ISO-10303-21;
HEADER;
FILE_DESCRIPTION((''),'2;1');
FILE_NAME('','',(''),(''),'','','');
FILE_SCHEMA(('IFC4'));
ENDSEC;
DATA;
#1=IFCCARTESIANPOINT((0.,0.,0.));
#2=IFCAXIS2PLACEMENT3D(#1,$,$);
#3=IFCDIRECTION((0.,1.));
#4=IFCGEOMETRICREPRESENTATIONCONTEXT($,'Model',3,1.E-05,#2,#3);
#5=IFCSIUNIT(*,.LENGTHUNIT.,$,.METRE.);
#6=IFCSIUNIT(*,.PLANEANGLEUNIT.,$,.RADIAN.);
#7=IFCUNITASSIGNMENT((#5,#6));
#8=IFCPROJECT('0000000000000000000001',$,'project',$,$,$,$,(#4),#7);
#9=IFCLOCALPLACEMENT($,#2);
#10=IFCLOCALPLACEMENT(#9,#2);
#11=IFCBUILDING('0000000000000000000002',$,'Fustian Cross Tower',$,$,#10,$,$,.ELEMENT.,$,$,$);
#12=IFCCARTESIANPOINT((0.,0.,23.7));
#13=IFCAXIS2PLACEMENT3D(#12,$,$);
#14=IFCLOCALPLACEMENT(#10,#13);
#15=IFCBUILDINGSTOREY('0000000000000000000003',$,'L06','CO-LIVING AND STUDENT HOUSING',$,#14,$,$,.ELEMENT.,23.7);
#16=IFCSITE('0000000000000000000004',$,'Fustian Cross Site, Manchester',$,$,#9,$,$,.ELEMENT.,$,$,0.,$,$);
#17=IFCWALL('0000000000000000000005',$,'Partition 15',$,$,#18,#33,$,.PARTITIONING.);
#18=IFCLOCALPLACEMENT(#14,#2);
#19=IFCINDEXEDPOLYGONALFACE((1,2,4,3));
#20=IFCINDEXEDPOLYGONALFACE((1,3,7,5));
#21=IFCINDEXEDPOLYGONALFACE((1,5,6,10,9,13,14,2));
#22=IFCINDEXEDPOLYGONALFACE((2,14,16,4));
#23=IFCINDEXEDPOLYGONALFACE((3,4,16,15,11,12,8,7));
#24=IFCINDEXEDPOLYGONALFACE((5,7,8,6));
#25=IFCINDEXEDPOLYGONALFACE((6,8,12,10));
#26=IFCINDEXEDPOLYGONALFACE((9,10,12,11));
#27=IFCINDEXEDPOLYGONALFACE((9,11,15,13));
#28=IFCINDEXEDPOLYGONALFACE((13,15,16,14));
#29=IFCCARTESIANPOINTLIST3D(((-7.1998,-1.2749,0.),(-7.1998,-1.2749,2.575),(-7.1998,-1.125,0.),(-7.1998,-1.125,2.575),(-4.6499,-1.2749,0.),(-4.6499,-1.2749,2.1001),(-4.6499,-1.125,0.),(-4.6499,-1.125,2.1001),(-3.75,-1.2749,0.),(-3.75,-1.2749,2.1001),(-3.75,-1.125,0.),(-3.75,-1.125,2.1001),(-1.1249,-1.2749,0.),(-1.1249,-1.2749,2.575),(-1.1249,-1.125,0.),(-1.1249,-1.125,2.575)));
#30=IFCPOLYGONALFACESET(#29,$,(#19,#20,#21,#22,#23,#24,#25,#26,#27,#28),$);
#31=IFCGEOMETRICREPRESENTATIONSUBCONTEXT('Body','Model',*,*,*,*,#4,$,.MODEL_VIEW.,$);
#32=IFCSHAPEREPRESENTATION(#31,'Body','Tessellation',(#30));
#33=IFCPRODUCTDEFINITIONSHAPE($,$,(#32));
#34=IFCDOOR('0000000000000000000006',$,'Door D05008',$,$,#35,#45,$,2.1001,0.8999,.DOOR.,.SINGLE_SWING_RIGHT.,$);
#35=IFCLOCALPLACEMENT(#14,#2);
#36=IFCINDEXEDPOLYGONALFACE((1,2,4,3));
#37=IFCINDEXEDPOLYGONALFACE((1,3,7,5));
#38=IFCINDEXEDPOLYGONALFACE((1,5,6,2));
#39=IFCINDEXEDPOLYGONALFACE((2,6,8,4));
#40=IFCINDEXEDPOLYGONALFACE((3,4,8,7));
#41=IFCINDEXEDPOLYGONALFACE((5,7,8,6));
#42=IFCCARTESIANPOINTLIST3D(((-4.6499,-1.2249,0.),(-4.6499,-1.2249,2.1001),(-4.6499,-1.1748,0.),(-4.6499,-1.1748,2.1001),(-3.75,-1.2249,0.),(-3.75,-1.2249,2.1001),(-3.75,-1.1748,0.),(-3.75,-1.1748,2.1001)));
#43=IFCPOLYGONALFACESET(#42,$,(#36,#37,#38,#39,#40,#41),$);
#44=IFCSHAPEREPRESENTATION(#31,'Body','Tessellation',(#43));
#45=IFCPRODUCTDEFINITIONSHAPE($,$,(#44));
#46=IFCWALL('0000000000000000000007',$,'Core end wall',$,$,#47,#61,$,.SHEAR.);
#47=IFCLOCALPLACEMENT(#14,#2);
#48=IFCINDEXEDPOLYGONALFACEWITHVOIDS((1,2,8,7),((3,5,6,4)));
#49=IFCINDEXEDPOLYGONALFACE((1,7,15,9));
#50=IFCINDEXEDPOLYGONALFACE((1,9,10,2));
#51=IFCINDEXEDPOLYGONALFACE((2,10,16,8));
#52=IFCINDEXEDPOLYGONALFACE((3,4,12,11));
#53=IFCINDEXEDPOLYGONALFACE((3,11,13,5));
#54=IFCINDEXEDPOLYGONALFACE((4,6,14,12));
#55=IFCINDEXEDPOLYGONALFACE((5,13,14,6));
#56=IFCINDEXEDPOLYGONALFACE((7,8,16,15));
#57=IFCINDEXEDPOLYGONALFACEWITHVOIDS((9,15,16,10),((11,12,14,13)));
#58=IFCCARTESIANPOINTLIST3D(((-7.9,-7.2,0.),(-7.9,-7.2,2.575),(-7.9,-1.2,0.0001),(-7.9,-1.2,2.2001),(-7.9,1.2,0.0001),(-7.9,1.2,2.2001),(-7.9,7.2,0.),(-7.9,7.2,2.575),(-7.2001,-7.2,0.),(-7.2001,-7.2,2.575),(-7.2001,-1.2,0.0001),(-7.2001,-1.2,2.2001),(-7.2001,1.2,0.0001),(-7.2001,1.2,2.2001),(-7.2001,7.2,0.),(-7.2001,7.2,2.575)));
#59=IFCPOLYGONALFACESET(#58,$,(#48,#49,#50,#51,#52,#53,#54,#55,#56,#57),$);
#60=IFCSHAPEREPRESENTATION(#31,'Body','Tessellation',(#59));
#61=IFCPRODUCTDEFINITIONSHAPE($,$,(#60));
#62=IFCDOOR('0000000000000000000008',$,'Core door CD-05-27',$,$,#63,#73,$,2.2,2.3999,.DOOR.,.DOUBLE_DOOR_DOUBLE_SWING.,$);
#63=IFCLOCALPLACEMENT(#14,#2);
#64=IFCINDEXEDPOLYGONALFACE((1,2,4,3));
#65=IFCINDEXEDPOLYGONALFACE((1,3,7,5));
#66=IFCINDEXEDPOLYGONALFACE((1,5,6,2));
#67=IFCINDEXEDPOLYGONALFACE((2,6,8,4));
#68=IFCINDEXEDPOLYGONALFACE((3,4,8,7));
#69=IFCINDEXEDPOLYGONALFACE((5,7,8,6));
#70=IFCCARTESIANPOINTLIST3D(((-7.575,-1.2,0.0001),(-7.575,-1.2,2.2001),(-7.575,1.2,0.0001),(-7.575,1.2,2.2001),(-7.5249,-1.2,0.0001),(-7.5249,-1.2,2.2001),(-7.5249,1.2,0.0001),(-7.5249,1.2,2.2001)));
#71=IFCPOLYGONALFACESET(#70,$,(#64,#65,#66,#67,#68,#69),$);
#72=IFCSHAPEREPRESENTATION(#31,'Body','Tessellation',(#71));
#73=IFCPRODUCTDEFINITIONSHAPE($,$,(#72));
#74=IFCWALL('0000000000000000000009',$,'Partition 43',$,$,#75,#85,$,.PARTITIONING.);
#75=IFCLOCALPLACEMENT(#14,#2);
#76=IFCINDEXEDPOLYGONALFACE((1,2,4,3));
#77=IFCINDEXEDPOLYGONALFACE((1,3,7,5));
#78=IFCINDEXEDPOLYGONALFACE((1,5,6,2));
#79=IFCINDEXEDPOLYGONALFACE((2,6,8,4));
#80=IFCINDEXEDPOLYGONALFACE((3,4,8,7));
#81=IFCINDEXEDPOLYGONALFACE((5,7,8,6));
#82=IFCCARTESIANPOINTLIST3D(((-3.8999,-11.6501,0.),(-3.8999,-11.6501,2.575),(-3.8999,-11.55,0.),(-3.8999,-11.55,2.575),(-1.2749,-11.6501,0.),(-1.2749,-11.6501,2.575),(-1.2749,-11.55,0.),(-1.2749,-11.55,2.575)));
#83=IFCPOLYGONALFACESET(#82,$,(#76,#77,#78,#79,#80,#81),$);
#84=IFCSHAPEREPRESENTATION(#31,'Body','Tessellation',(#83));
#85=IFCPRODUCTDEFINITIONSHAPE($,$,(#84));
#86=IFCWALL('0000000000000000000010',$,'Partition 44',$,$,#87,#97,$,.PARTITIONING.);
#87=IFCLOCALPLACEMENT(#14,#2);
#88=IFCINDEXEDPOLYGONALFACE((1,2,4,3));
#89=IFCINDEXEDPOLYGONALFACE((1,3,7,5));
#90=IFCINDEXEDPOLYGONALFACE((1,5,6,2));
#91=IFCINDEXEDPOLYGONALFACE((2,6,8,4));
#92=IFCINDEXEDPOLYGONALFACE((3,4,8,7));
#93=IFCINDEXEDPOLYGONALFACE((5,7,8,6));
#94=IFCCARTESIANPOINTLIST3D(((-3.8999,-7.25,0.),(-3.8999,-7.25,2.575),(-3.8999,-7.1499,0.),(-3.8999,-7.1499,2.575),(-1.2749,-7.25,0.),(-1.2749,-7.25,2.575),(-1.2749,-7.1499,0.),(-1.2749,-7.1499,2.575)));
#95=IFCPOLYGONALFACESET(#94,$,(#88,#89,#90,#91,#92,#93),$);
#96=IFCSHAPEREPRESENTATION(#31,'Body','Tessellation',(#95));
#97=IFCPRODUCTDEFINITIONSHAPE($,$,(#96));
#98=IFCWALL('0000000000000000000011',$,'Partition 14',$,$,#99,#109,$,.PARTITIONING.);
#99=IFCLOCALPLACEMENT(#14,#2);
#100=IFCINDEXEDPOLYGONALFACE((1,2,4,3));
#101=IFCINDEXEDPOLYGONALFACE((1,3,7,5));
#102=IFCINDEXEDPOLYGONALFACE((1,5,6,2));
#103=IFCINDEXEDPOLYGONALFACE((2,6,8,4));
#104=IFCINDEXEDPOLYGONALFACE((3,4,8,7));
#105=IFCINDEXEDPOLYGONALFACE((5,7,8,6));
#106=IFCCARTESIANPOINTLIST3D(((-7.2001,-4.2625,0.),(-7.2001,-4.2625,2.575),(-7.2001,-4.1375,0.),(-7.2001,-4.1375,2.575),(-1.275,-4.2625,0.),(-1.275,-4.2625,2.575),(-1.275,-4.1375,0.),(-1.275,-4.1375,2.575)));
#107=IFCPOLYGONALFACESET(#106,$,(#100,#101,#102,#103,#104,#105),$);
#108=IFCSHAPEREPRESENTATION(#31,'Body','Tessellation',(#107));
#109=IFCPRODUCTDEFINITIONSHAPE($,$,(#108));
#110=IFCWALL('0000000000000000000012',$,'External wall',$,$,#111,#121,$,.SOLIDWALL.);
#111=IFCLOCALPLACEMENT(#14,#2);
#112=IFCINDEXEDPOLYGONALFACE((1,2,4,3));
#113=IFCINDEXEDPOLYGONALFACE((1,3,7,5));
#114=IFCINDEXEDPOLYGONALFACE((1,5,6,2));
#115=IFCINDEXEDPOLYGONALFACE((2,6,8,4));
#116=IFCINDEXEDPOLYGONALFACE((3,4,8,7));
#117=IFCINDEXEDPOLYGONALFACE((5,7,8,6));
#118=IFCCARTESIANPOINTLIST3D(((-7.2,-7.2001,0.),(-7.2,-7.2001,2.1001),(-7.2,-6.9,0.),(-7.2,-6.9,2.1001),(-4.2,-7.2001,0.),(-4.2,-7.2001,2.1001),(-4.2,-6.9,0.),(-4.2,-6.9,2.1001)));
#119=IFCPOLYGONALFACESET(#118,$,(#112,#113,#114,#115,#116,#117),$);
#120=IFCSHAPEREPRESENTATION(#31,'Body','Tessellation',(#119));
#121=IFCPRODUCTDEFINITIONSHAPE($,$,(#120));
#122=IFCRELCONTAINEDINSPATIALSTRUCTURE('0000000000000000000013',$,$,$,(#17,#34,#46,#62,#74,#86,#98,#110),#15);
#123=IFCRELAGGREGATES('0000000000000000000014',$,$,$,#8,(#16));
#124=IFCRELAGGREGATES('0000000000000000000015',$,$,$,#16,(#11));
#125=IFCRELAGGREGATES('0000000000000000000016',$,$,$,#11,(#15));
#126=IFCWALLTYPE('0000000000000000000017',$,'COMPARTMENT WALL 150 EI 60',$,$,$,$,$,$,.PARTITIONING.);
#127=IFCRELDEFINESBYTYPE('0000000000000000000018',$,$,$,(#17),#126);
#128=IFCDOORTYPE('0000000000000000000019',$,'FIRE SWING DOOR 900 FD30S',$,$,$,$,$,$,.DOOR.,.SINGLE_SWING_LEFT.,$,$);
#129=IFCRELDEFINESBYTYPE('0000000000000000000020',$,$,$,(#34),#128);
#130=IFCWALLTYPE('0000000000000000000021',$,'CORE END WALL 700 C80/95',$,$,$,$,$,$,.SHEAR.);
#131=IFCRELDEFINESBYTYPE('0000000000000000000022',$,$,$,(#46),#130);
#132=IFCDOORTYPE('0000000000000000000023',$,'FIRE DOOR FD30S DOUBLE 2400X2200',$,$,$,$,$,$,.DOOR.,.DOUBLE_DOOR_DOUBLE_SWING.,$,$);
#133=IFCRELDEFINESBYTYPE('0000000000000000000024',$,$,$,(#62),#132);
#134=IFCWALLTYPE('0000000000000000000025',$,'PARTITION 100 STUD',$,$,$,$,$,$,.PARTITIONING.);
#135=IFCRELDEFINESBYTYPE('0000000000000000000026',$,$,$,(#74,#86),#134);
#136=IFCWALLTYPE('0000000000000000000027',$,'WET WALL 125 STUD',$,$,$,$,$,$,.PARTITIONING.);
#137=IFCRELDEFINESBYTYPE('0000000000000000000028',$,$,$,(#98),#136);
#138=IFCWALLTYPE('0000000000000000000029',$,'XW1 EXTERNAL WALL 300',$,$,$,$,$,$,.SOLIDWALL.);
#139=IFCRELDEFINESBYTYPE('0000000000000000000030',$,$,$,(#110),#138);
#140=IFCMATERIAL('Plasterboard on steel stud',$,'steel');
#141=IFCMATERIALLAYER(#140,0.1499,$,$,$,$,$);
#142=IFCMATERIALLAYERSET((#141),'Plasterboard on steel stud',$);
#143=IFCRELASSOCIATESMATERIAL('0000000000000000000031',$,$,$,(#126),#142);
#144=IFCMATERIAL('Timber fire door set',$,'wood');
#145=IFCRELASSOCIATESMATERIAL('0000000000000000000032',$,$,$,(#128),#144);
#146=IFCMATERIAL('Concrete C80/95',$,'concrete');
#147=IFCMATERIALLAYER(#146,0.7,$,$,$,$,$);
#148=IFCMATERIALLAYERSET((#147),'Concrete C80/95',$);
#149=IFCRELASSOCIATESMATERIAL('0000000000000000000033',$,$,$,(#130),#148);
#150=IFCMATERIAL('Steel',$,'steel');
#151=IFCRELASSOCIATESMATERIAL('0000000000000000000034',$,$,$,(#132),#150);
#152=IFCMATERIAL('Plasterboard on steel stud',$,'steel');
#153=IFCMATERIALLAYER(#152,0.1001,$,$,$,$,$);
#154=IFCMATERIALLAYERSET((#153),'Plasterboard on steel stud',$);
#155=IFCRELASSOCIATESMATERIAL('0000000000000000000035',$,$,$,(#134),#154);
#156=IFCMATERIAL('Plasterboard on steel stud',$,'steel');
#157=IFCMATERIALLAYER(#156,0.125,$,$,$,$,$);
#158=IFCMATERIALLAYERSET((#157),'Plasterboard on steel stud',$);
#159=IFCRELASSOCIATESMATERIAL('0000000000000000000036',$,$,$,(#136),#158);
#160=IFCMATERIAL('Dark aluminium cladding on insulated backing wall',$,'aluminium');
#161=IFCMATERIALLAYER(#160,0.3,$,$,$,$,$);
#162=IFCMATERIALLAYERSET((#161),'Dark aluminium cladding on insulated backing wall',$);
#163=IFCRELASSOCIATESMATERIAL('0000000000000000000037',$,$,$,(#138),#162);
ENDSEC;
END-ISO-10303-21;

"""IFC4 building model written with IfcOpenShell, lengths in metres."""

from ifc_helpers import new_model, si_unit, direction, frame, frame_2d, origin, place, context, subcontext, project, spatial, rectangle, extrude, material, layer, layer_set, type_object, element, fill, save


model = new_model("IFC4")

# Units and contexts
model_context = context("Model", 3, precision=1e-05, world=origin(), true_north=direction((0.0, 1.0)))
body_context = subcontext(model_context, "Body", "Model", "MODEL_VIEW")
ifc_project = project(units=[si_unit("LENGTHUNIT", "METRE"), si_unit("PLANEANGLEUNIT", "RADIAN")], contexts=[model_context])

# Site, building, storey
site_placement = place(None, origin())
site = spatial("IfcSite", under=ifc_project, at=site_placement, Name="Fustian Cross Site, Manchester", CompositionType="ELEMENT", RefElevation=0.0)
building_placement = place(site_placement, origin())
building = spatial("IfcBuilding", under=site, at=building_placement, Name="Fustian Cross Tower", CompositionType="ELEMENT")
storey_placement = place(building_placement, frame((0.0, 0.0, 23.7)))
storey = spatial("IfcBuildingStorey", under=building, at=storey_placement, Name="L06", Description="CO-LIVING AND STUDENT HOUSING", CompositionType="ELEMENT", Elevation=23.7)

# Walls, openings, doors
ifc_material_1 = material(Name="Plasterboard on steel stud", Category="steel")
ifc_layer_1 = layer(ifc_material_1, 0.1499)
ifc_layer_set_1 = layer_set([ifc_layer_1], Name="Plasterboard on steel stud")
wall_type_1 = type_object("IfcWallType", Name="COMPARTMENT WALL 150 EI 60", PredefinedType="PARTITIONING", material=ifc_layer_set_1)
wall_1_placement = place(storey_placement, frame((-7.2, -1.2, 0.0), z_axis=(0.0, 0.0, 1.0), x_axis=(1.0, 0.0, 0.0)))
wall_1 = element("IfcWall", 1, at=wall_1_placement, inside=storey, type_object=wall_type_1, Name="Partition 15", PredefinedType="PARTITIONING", context=body_context, shape_type="SweptSolid", body=[
    extrude(rectangle(XDim=6.075, YDim=0.1499, at=frame_2d((3.0376, 0.0))), origin(), (0.0, 0.0, 1.0), 2.575),
])
opening_1_placement = place(wall_1_placement, frame((2.55, 0.0, 0.0)))
opening_1 = element("IfcOpeningElement", 2, at=opening_1_placement, cuts=wall_1, PredefinedType="OPENING", context=body_context, shape_type="SweptSolid", body=[
    extrude(rectangle(XDim=0.8999, YDim=2.1001, at=frame_2d((0.45, 1.05))), frame((0.0, 0.085, 0.0), z_axis=(0.0, -1.0, 0.0), x_axis=(1.0, 0.0, 0.0)), (0.0, 0.0, 1.0), 0.1699),
])
ifc_material_2 = material(Name="Timber fire door set", Category="wood")
door_type_1 = type_object("IfcDoorType", Name="FIRE SWING DOOR 900 FD30S", OperationType="SINGLE_SWING_LEFT", PredefinedType="DOOR", material=ifc_material_2)
door_1_placement = place(opening_1_placement, frame((0.8999, 0.0, 0.0), z_axis=(0.0, 0.0, 1.0), x_axis=(-1.0, 0.0, 0.0)))
door_1 = element("IfcDoor", 3, at=door_1_placement, inside=storey, type_object=door_type_1, Name="Door D05008", OperationType="SINGLE_SWING_RIGHT", OverallHeight=2.1001, OverallWidth=0.8999, PredefinedType="DOOR", context=body_context, shape_type="SweptSolid", body=[
    extrude(rectangle(XDim=0.8999, YDim=2.1001, at=frame_2d((0.45, 1.05))), frame((0.0, 0.0249, 0.0), z_axis=(0.0, -1.0, 0.0), x_axis=(1.0, 0.0, 0.0)), (0.0, 0.0, 1.0), 0.05),
])
fill(opening_1, door_1)
ifc_material_3 = material(Name="Concrete C80/95", Category="concrete")
ifc_layer_2 = layer(ifc_material_3, 0.7)
ifc_layer_set_2 = layer_set([ifc_layer_2], Name="Concrete C80/95")
wall_type_2 = type_object("IfcWallType", Name="CORE END WALL 700 C80/95", PredefinedType="SHEAR", material=ifc_layer_set_2)
wall_2_placement = place(storey_placement, frame((-7.55, -7.2, 0.0), z_axis=(0.0, 0.0, 1.0), x_axis=(0.0, 1.0, 0.0)))
wall_2 = element("IfcWall", 4, at=wall_2_placement, inside=storey, type_object=wall_type_2, Name="Core end wall", PredefinedType="SHEAR", context=body_context, shape_type="SweptSolid", body=[
    extrude(rectangle(XDim=14.3999, YDim=0.7, at=frame_2d((7.2, 0.0))), origin(), (0.0, 0.0, 1.0), 2.575),
])
opening_2_placement = place(wall_2_placement, frame((6.0, 0.0, 0.0)))
opening_2 = element("IfcOpeningElement", 5, at=opening_2_placement, cuts=wall_2, PredefinedType="OPENING", context=body_context, shape_type="SweptSolid", body=[
    extrude(rectangle(XDim=2.3999, YDim=2.2, at=frame_2d((1.2, 1.1001))), frame((0.0, 0.3599, 0.0), z_axis=(0.0, -1.0, 0.0), x_axis=(1.0, 0.0, 0.0)), (0.0, 0.0, 1.0), 0.72),
])
ifc_material_4 = material(Name="Steel", Category="steel")
door_type_2 = type_object("IfcDoorType", Name="FIRE DOOR FD30S DOUBLE 2400X2200", OperationType="DOUBLE_DOOR_DOUBLE_SWING", PredefinedType="DOOR", material=ifc_material_4)
door_2_placement = place(opening_2_placement, origin())
door_2 = element("IfcDoor", 6, at=door_2_placement, inside=storey, type_object=door_type_2, Name="Core door CD-05-27", OperationType="DOUBLE_DOOR_DOUBLE_SWING", OverallHeight=2.2, OverallWidth=2.3999, PredefinedType="DOOR", context=body_context, shape_type="SweptSolid", body=[
    extrude(rectangle(XDim=2.3999, YDim=2.2, at=frame_2d((1.2, 1.1001))), frame((0.0, 0.0249, 0.0), z_axis=(0.0, -1.0, 0.0), x_axis=(1.0, 0.0, 0.0)), (0.0, 0.0, 1.0), 0.05),
])
fill(opening_2, door_2)

# Walls
ifc_material_5 = material(Name="Plasterboard on steel stud", Category="steel")
ifc_layer_3 = layer(ifc_material_5, 0.1001)
ifc_layer_set_3 = layer_set([ifc_layer_3], Name="Plasterboard on steel stud")
wall_type_3 = type_object("IfcWallType", Name="PARTITION 100 STUD", PredefinedType="PARTITIONING", material=ifc_layer_set_3)
for number, where, z_axis, x_axis, name in (
    (7, (-3.8999, -11.6001, 0.0), (0.0, 0.0, 1.0), (1.0, 0.0, 0.0), "Partition 43"),
    (8, (-3.8999, -7.2, 0.0), (0.0, 0.0, 1.0), (1.0, 0.0, 0.0), "Partition 44"),
):
    element("IfcWall", number, at=place(storey_placement, frame(where, z_axis=z_axis, x_axis=x_axis)), inside=storey, type_object=wall_type_3, Name=name, PredefinedType="PARTITIONING", context=body_context, shape_type="SweptSolid", body=[
        extrude(rectangle(XDim=2.625, YDim=0.1001, at=frame_2d((1.3125, 0.0))), origin(), (0.0, 0.0, 1.0), 2.575),
    ])
ifc_material_6 = material(Name="Plasterboard on steel stud", Category="steel")
ifc_layer_4 = layer(ifc_material_6, 0.125)
ifc_layer_set_4 = layer_set([ifc_layer_4], Name="Plasterboard on steel stud")
wall_type_4 = type_object("IfcWallType", Name="WET WALL 125 STUD", PredefinedType="PARTITIONING", material=ifc_layer_set_4)
wall_3_placement = place(storey_placement, frame((-7.2, -4.2, 0.0), z_axis=(0.0, 0.0, 1.0), x_axis=(1.0, 0.0, 0.0)))
element("IfcWall", 9, at=wall_3_placement, inside=storey, type_object=wall_type_4, Name="Partition 14", PredefinedType="PARTITIONING", context=body_context, shape_type="SweptSolid", body=[
    extrude(rectangle(XDim=5.925, YDim=0.125, at=frame_2d((2.9624, 0.0))), origin(), (0.0, 0.0, 1.0), 2.575),
])
ifc_material_7 = material(Name="Dark aluminium cladding on insulated backing wall", Category="aluminium")
ifc_layer_5 = layer(ifc_material_7, 0.3)
ifc_layer_set_5 = layer_set([ifc_layer_5], Name="Dark aluminium cladding on insulated backing wall")
wall_type_5 = type_object("IfcWallType", Name="XW1 EXTERNAL WALL 300", PredefinedType="SOLIDWALL", material=ifc_layer_set_5)
wall_4_placement = place(storey_placement, frame((-7.2, -7.05, 0.0), z_axis=(0.0, 0.0, 1.0), x_axis=(1.0, 0.0, 0.0)))
element("IfcWall", 10, at=wall_4_placement, inside=storey, type_object=wall_type_5, Name="External wall", PredefinedType="SOLIDWALL", context=body_context, shape_type="SweptSolid", body=[
    extrude(rectangle(XDim=3.0, YDim=0.3, at=frame_2d((1.5, 0.0))), origin(), (0.0, 0.0, 1.0), 2.1001),
])

save(model, "model.ifc")
